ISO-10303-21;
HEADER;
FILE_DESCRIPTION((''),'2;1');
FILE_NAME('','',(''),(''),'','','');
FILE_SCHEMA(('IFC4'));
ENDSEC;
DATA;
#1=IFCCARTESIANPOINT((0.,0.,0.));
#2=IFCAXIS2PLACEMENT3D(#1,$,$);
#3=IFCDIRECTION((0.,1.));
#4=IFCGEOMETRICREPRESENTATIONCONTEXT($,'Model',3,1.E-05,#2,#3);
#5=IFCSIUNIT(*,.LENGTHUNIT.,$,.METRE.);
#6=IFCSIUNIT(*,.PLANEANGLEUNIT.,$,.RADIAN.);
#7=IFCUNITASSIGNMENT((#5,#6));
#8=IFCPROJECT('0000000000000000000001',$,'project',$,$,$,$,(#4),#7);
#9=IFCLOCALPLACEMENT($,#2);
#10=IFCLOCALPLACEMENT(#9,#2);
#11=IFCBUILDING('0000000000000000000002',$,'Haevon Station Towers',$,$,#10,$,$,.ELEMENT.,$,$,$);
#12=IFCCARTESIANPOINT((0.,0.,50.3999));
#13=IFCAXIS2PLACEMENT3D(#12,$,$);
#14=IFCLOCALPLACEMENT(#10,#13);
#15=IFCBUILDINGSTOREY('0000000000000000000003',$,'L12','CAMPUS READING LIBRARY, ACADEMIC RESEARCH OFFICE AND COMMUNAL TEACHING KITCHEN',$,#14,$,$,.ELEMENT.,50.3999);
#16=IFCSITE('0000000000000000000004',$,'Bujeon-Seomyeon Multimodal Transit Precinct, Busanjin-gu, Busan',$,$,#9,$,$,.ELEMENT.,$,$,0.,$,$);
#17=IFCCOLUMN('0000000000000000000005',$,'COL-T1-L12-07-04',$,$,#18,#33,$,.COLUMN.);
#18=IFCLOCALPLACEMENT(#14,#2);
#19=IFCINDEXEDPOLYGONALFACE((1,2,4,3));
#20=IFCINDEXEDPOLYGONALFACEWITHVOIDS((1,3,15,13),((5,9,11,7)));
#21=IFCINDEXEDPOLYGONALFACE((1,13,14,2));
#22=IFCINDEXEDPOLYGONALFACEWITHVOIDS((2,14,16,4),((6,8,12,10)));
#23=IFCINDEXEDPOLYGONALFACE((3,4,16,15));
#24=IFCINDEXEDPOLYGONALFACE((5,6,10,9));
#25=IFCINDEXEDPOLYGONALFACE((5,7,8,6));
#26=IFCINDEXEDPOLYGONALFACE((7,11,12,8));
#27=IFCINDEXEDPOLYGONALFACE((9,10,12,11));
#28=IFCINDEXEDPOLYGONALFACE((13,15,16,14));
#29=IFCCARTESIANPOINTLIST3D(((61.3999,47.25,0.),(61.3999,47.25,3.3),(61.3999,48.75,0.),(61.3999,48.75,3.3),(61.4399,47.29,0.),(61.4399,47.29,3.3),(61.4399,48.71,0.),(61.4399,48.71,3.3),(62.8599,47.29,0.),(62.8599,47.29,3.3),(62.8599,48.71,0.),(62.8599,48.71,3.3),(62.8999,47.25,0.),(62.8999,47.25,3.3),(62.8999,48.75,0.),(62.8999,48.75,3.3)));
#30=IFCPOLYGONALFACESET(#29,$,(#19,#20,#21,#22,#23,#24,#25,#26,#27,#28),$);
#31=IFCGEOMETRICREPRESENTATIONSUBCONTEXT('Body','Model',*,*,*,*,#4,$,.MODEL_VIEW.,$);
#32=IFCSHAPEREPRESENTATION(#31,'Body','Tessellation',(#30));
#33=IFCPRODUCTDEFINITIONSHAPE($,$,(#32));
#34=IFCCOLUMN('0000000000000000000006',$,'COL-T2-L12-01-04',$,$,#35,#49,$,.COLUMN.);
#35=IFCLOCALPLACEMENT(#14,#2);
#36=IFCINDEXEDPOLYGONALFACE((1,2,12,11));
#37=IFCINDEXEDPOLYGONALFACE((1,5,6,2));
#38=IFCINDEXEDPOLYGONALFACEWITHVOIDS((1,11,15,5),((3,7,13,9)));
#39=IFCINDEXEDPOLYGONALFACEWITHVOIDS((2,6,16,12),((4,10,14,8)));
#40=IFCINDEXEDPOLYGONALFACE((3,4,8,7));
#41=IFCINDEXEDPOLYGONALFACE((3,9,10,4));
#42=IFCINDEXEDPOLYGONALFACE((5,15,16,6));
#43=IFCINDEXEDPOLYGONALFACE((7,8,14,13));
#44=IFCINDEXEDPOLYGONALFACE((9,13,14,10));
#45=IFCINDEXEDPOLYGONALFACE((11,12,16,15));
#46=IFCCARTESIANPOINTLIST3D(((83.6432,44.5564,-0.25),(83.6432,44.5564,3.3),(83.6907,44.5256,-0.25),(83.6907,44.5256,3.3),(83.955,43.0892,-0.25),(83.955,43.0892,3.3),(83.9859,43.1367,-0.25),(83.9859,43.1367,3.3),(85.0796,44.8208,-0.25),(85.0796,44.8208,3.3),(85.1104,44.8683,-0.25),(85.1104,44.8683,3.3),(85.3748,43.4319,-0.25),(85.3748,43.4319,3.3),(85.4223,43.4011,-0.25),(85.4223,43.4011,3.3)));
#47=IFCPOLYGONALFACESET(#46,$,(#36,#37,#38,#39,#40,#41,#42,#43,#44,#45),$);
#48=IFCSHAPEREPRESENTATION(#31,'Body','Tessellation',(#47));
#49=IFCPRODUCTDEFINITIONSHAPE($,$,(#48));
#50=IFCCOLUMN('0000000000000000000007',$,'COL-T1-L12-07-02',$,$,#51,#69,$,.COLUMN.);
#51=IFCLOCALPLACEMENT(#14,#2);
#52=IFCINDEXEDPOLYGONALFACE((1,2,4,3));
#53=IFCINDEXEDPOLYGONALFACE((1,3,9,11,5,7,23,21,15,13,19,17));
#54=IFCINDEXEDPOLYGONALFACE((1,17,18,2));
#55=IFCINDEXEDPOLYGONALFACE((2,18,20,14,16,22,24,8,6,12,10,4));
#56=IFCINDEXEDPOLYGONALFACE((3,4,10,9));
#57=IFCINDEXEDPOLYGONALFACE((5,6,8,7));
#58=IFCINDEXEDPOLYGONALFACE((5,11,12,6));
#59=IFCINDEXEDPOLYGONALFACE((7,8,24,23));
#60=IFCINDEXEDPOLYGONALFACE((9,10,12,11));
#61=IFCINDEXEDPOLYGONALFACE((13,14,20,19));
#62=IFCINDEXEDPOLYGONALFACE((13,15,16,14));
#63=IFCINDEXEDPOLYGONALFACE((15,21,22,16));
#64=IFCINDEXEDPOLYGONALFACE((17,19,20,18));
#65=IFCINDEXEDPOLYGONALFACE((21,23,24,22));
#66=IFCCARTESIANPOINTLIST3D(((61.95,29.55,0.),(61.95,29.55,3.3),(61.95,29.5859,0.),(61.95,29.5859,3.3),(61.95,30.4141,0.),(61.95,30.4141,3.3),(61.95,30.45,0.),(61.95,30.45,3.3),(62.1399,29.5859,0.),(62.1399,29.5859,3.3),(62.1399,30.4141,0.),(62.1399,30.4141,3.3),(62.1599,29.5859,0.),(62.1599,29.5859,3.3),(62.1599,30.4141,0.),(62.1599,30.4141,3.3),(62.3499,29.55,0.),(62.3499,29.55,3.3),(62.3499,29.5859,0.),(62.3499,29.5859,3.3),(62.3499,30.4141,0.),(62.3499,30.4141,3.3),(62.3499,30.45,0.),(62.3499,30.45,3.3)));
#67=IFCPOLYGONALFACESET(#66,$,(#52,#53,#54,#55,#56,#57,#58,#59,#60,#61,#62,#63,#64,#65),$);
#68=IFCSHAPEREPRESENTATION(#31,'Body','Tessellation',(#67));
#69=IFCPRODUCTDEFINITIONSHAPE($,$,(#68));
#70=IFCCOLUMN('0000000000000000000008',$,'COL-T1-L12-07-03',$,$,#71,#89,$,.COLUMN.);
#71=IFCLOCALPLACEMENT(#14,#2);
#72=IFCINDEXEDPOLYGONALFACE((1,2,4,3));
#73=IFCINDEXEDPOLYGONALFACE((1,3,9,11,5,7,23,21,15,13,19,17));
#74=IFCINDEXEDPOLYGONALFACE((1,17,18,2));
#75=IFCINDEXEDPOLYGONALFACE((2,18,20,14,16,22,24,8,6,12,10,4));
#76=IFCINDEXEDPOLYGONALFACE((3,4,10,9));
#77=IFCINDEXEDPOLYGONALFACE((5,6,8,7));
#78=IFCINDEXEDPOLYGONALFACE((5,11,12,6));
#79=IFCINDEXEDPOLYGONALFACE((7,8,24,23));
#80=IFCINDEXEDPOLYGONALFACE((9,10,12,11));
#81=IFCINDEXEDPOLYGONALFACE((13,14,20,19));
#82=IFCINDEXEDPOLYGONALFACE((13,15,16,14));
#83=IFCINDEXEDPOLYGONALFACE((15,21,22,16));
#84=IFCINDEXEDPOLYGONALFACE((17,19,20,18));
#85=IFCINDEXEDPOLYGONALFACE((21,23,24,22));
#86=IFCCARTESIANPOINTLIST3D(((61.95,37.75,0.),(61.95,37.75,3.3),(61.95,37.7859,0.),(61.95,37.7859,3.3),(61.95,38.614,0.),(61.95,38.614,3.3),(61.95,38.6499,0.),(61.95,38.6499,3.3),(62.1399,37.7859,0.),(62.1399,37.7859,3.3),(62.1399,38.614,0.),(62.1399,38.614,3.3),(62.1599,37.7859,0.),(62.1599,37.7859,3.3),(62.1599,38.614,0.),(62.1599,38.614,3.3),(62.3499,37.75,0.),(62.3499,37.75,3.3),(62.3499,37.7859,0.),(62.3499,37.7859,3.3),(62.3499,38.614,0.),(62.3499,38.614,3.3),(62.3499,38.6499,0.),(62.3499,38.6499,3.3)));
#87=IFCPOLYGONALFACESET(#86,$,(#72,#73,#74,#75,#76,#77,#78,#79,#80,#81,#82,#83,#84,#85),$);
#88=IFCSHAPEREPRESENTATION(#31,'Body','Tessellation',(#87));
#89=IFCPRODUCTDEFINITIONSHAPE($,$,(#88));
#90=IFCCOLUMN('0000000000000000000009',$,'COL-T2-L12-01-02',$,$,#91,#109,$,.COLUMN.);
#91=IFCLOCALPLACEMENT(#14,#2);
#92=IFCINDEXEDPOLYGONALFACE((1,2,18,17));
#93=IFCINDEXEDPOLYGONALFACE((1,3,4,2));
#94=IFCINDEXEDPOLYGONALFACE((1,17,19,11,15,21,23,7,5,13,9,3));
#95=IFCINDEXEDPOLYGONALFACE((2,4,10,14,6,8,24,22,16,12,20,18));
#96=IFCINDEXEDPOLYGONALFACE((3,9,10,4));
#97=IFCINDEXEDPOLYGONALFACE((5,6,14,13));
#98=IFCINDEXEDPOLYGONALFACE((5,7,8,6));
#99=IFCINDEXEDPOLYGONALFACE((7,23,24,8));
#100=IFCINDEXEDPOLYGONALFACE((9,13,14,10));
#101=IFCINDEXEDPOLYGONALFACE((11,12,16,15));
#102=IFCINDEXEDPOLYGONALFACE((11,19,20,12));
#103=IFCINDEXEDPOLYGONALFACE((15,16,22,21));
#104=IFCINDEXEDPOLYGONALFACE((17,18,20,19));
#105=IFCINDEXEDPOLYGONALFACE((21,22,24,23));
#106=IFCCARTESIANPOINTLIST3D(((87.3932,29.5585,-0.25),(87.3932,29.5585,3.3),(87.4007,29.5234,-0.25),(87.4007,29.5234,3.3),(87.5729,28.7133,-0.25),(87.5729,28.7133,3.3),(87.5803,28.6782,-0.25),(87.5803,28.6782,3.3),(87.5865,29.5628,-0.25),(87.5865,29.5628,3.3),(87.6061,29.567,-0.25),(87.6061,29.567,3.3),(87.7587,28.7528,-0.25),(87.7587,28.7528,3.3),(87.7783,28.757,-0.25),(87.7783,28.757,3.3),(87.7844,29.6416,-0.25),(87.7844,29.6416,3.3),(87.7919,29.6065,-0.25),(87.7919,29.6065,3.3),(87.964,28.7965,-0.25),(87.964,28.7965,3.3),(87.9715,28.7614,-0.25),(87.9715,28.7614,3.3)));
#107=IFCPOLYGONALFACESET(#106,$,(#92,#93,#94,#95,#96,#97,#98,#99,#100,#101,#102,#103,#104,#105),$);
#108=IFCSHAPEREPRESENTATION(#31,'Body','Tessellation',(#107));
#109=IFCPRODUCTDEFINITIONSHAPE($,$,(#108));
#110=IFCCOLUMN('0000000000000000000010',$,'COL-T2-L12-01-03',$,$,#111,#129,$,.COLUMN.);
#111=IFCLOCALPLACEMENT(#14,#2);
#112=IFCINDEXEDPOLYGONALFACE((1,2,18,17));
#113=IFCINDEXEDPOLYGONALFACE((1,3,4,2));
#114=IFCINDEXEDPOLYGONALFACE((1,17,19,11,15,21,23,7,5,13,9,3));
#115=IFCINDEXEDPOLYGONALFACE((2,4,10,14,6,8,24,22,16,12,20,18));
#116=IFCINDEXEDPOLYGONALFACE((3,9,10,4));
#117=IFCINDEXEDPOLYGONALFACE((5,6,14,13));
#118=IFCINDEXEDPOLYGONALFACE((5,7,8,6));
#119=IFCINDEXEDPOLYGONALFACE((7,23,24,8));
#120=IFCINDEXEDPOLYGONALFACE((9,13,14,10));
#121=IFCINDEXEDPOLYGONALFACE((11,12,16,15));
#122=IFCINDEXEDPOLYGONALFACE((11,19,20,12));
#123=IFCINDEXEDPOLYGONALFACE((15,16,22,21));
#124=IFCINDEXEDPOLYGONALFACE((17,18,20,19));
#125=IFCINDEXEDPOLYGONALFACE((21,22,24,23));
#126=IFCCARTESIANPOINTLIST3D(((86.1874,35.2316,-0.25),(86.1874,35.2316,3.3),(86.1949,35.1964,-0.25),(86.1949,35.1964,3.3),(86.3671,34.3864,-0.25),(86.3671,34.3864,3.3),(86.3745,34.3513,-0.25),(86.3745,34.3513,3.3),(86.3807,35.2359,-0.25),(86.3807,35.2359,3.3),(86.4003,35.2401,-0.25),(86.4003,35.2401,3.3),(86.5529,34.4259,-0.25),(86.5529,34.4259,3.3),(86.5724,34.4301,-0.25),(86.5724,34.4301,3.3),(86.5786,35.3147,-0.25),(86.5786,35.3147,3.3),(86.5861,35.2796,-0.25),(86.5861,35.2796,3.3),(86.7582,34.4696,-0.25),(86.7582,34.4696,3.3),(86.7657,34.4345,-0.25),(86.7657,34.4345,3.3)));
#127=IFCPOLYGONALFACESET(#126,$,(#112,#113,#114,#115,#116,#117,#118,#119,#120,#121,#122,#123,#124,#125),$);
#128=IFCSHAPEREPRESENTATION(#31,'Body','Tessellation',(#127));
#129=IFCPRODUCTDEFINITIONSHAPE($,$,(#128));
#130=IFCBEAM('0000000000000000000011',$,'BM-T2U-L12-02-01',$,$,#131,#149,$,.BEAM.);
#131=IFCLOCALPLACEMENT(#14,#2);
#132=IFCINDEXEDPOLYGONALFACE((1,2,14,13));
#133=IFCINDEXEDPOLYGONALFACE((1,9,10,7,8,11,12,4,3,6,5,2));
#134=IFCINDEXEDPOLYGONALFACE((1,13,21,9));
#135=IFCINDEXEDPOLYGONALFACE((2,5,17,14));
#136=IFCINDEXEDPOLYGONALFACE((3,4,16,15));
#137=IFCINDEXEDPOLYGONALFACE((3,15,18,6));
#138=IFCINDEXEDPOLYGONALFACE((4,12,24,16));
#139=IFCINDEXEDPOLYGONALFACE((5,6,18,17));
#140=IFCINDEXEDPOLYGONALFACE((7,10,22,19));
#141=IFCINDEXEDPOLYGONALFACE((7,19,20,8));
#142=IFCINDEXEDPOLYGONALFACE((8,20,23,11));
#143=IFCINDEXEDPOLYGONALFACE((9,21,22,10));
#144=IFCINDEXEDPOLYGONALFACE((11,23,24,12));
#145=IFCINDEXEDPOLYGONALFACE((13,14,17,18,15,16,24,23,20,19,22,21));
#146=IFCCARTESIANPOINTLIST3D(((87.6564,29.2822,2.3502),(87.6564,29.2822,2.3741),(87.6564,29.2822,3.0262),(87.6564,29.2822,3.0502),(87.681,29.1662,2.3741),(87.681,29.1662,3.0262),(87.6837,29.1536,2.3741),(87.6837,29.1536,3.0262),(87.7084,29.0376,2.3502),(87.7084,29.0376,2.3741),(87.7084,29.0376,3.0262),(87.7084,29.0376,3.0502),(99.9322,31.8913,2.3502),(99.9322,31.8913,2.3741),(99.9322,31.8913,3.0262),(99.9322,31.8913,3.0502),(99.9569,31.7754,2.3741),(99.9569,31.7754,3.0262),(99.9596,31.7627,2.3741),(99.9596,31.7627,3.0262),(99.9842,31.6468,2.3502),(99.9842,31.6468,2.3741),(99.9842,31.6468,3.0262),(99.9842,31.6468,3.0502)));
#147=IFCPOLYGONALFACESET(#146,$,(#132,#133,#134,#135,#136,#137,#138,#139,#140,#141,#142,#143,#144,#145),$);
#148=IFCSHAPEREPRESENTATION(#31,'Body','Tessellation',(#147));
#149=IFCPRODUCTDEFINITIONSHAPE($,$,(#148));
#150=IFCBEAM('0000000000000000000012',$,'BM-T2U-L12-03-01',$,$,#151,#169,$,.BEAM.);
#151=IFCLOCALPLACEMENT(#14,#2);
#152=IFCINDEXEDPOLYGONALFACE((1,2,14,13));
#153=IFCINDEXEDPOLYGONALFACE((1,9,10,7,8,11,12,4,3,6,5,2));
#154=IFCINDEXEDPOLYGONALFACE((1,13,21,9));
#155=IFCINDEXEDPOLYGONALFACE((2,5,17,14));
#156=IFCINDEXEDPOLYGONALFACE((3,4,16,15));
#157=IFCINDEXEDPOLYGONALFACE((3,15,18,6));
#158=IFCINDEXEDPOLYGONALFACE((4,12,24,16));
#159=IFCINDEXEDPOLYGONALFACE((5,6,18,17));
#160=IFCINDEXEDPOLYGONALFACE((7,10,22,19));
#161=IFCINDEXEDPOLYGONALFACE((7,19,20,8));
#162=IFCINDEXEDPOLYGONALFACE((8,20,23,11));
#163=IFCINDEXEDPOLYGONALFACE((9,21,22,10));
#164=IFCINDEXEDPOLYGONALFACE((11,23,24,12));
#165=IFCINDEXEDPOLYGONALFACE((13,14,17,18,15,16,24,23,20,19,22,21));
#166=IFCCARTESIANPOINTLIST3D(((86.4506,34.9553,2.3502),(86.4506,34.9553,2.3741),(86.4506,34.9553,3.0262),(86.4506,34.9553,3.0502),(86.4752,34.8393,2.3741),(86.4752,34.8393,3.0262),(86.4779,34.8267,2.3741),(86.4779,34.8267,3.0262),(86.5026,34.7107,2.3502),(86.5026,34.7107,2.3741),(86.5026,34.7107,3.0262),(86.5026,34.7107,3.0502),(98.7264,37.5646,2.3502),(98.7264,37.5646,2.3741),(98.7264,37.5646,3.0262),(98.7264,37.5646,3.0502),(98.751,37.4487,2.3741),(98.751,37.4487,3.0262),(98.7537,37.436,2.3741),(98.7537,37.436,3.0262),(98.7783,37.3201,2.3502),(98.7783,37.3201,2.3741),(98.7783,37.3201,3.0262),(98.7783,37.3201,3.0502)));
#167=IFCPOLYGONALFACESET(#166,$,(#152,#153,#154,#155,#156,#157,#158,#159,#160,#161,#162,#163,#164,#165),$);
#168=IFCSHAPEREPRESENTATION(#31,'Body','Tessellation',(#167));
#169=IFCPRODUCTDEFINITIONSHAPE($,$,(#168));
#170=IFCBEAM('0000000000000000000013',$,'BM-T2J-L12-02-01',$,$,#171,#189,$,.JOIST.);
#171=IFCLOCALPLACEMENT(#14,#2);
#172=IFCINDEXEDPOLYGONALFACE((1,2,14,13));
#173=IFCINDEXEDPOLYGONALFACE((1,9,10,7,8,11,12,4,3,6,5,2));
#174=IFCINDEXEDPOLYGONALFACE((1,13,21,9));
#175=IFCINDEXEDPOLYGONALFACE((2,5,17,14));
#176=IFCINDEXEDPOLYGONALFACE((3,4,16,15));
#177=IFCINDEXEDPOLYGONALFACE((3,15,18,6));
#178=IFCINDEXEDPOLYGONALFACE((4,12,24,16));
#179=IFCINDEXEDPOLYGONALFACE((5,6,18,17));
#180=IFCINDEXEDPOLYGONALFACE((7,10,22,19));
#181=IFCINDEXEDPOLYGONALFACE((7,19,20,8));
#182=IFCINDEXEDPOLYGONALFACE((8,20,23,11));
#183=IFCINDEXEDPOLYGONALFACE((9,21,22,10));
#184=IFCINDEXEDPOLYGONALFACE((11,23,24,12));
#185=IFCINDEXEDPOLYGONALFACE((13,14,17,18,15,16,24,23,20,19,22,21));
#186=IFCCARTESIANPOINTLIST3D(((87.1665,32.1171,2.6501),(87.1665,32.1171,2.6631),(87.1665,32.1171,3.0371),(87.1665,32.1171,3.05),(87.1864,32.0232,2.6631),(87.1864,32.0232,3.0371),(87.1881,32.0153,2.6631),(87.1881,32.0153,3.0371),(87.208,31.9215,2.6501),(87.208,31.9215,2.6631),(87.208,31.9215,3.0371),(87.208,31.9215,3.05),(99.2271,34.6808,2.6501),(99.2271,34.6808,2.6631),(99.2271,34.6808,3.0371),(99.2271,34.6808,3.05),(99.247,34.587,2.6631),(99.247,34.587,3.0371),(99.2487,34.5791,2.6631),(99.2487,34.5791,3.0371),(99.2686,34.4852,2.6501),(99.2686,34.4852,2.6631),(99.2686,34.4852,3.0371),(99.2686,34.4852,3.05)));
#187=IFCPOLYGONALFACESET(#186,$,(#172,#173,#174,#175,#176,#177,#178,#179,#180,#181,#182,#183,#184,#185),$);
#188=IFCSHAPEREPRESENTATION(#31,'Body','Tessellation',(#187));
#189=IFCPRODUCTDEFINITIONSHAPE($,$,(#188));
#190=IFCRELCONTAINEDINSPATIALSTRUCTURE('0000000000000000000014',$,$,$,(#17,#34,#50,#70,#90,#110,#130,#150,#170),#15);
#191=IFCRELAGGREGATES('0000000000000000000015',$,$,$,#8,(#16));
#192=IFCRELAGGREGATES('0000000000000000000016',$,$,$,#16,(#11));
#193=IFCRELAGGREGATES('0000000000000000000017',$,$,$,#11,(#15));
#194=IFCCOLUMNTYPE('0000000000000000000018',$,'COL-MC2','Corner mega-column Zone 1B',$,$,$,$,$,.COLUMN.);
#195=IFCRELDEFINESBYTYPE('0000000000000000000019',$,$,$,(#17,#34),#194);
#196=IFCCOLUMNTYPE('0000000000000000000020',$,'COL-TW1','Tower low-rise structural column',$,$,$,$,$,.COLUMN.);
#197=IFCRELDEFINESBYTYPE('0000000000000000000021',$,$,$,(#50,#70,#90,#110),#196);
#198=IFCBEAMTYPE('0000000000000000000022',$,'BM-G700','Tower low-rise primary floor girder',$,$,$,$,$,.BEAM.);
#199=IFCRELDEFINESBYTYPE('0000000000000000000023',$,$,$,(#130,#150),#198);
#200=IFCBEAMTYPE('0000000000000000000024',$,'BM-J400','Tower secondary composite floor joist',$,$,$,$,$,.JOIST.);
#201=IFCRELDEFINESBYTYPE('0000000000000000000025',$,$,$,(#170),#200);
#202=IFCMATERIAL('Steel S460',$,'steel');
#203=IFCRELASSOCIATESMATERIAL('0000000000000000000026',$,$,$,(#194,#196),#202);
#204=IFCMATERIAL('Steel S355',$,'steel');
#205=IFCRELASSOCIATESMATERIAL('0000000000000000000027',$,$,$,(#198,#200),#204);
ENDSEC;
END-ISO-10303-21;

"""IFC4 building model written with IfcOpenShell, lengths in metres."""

from ifc_helpers import new_model, si_unit, direction, frame, origin, origin_2d, place, context, subcontext, project, spatial, hollow_rectangle, i_section, extrude, material, material_profile, profile_set, type_object, element, save


model = new_model("IFC4")

# Units and contexts
model_context = context("Model", 3, precision=1e-05, world=origin(), true_north=direction((0.0, 1.0)))
body_context = subcontext(model_context, "Body", "Model", "MODEL_VIEW")
ifc_project = project(units=[si_unit("LENGTHUNIT", "METRE"), si_unit("PLANEANGLEUNIT", "RADIAN")], contexts=[model_context])

# Site, building, storey
site_placement = place(None, origin())
site = spatial("IfcSite", under=ifc_project, at=site_placement, Name="Bujeon-Seomyeon Multimodal Transit Precinct, Busanjin-gu, Busan", CompositionType="ELEMENT", RefElevation=0.0)
building_placement = place(site_placement, origin())
building = spatial("IfcBuilding", under=site, at=building_placement, Name="Haevon Station Towers", CompositionType="ELEMENT")
storey_placement = place(building_placement, frame((0.0, 0.0, 50.3999)))
storey = spatial("IfcBuildingStorey", under=building, at=storey_placement, Name="L12", Description="CAMPUS READING LIBRARY, ACADEMIC RESEARCH OFFICE AND COMMUNAL TEACHING KITCHEN", CompositionType="ELEMENT", Elevation=50.3999)

# Columns
ifc_material_1 = material(Name="Steel S460", Category="steel")
ifc_material_profile_1 = material_profile(ifc_material_1, hollow_rectangle(XDim=1.5, YDim=1.5, WallThickness=0.04, at=origin_2d()), Name="BOX-1500x1500x40")
ifc_profile_set_1 = profile_set([ifc_material_profile_1], Name="Steel S460")
column_type_1 = type_object("IfcColumnType", Name="COL-MC2", Description="Corner mega-column Zone 1B", PredefinedType="COLUMN", material=ifc_profile_set_1)
column_1_placement = place(storey_placement, frame((62.1499, 48.0, 0.0), z_axis=(0.0, 0.0, 1.0), x_axis=(1.0, 0.0, 0.0)))
element("IfcColumn", 1, at=column_1_placement, inside=storey, type_object=column_type_1, Name="COL-T1-L12-07-04", PredefinedType="COLUMN", context=body_context, shape_type="SweptSolid", body=[
    extrude(hollow_rectangle(XDim=1.5, YDim=1.5, WallThickness=0.04, at=origin_2d()), origin(), (0.0, 0.0, 1.0), 3.3),
])
column_2_placement = place(storey_placement, frame((84.5327, 43.9788, -0.25), z_axis=(0.0, 0.0, 1.0), x_axis=(0.978148, 0.207912, 0.0)))
element("IfcColumn", 2, at=column_2_placement, inside=storey, type_object=column_type_1, Name="COL-T2-L12-01-04", PredefinedType="COLUMN", context=body_context, shape_type="SweptSolid", body=[
    extrude(hollow_rectangle(XDim=1.5, YDim=1.5, WallThickness=0.04, at=origin_2d()), origin(), (0.0, 0.0, 1.0), 3.55),
])
ifc_material_profile_2 = material_profile(ifc_material_1, i_section(OverallWidth=0.3999, OverallDepth=0.8999, WebThickness=0.02, FlangeThickness=0.0359, at=origin_2d()), Name="H-900x400x20x36")
ifc_profile_set_2 = profile_set([ifc_material_profile_2], Name="Steel S460")
column_type_2 = type_object("IfcColumnType", Name="COL-TW1", Description="Tower low-rise structural column", PredefinedType="COLUMN", material=ifc_profile_set_2)
for number, where, z_axis, x_axis, name in (
    (3, (62.1499, 30.0, 0.0), (0.0, 0.0, 1.0), (1.0, 0.0, 0.0), "COL-T1-L12-07-02"),
    (4, (62.1499, 38.2, 0.0), (0.0, 0.0, 1.0), (1.0, 0.0, 0.0), "COL-T1-L12-07-03"),
):
    element("IfcColumn", number, at=place(storey_placement, frame(where, z_axis=z_axis, x_axis=x_axis)), inside=storey, type_object=column_type_2, Name=name, PredefinedType="COLUMN", context=body_context, shape_type="SweptSolid", body=[
        extrude(i_section(OverallWidth=0.3999, OverallDepth=0.8999, WebThickness=0.02, FlangeThickness=0.0359, at=origin_2d()), origin(), (0.0, 0.0, 1.0), 3.3),
    ])
for number, where, z_axis, x_axis, name in (
    (5, (87.6824, 29.1599, -0.25), (0.0, 0.0, 1.0), (0.978148, 0.207912, 0.0), "COL-T2-L12-01-02"),
    (6, (86.4766, 34.833, -0.25), (0.0, 0.0, 1.0), (0.978148, 0.207912, 0.0), "COL-T2-L12-01-03"),
):
    element("IfcColumn", number, at=place(storey_placement, frame(where, z_axis=z_axis, x_axis=x_axis)), inside=storey, type_object=column_type_2, Name=name, PredefinedType="COLUMN", context=body_context, shape_type="SweptSolid", body=[
        extrude(i_section(OverallWidth=0.3999, OverallDepth=0.8999, WebThickness=0.02, FlangeThickness=0.0359, at=origin_2d()), origin(), (0.0, 0.0, 1.0), 3.55),
    ])

# Beams
ifc_material_2 = material(Name="Steel S355", Category="steel")
ifc_material_profile_3 = material_profile(ifc_material_2, i_section(OverallWidth=0.25, OverallDepth=0.7, WebThickness=0.0129, FlangeThickness=0.0239, at=origin_2d()), Name="H-700x250x13x24")
ifc_profile_set_3 = profile_set([ifc_material_profile_3], Name="Steel S355")
beam_type_1 = type_object("IfcBeamType", Name="BM-G700", Description="Tower low-rise primary floor girder", PredefinedType="BEAM", material=ifc_profile_set_3)
for number, where, z_axis, x_axis, name in (
    (7, (87.6824, 29.1599, 2.7002), (0.978151, 0.207897, 0.0), (-0.207897, 0.978151, 0.0), "BM-T2U-L12-02-01"),
    (8, (86.4766, 34.833, 2.7002), (0.978147, 0.207916, 0.0), (-0.207916, 0.978147, 0.0), "BM-T2U-L12-03-01"),
):
    element("IfcBeam", number, at=place(storey_placement, frame(where, z_axis=z_axis, x_axis=x_axis)), inside=storey, type_object=beam_type_1, Name=name, PredefinedType="BEAM", context=body_context, shape_type="SweptSolid", body=[
        extrude(i_section(OverallWidth=0.25, OverallDepth=0.7, WebThickness=0.0129, FlangeThickness=0.0239, at=origin_2d()), origin(), (0.0, 0.0, 1.0), 12.55),
    ])
ifc_material_profile_4 = material_profile(ifc_material_2, i_section(OverallWidth=0.2, OverallDepth=0.3999, WebThickness=0.0081, FlangeThickness=0.0129, at=origin_2d()), Name="H-400x200x8x13")
ifc_profile_set_4 = profile_set([ifc_material_profile_4], Name="Steel S355")
beam_type_2 = type_object("IfcBeamType", Name="BM-J400", Description="Tower secondary composite floor joist", PredefinedType="JOIST", material=ifc_profile_set_4)
beam_1_placement = place(storey_placement, frame((87.1873, 32.0193, 2.8501), z_axis=(0.978145, 0.207925, 0.0), x_axis=(-0.207925, 0.978145, 0.0)))
element("IfcBeam", 9, at=beam_1_placement, inside=storey, type_object=beam_type_2, Name="BM-T2J-L12-02-01", PredefinedType="JOIST", context=body_context, shape_type="SweptSolid", body=[
    extrude(i_section(OverallWidth=0.2, OverallDepth=0.3999, WebThickness=0.0081, FlangeThickness=0.0129, at=origin_2d()), origin(), (0.0, 0.0, 1.0), 12.3301),
])

save(model, "model.ifc")
